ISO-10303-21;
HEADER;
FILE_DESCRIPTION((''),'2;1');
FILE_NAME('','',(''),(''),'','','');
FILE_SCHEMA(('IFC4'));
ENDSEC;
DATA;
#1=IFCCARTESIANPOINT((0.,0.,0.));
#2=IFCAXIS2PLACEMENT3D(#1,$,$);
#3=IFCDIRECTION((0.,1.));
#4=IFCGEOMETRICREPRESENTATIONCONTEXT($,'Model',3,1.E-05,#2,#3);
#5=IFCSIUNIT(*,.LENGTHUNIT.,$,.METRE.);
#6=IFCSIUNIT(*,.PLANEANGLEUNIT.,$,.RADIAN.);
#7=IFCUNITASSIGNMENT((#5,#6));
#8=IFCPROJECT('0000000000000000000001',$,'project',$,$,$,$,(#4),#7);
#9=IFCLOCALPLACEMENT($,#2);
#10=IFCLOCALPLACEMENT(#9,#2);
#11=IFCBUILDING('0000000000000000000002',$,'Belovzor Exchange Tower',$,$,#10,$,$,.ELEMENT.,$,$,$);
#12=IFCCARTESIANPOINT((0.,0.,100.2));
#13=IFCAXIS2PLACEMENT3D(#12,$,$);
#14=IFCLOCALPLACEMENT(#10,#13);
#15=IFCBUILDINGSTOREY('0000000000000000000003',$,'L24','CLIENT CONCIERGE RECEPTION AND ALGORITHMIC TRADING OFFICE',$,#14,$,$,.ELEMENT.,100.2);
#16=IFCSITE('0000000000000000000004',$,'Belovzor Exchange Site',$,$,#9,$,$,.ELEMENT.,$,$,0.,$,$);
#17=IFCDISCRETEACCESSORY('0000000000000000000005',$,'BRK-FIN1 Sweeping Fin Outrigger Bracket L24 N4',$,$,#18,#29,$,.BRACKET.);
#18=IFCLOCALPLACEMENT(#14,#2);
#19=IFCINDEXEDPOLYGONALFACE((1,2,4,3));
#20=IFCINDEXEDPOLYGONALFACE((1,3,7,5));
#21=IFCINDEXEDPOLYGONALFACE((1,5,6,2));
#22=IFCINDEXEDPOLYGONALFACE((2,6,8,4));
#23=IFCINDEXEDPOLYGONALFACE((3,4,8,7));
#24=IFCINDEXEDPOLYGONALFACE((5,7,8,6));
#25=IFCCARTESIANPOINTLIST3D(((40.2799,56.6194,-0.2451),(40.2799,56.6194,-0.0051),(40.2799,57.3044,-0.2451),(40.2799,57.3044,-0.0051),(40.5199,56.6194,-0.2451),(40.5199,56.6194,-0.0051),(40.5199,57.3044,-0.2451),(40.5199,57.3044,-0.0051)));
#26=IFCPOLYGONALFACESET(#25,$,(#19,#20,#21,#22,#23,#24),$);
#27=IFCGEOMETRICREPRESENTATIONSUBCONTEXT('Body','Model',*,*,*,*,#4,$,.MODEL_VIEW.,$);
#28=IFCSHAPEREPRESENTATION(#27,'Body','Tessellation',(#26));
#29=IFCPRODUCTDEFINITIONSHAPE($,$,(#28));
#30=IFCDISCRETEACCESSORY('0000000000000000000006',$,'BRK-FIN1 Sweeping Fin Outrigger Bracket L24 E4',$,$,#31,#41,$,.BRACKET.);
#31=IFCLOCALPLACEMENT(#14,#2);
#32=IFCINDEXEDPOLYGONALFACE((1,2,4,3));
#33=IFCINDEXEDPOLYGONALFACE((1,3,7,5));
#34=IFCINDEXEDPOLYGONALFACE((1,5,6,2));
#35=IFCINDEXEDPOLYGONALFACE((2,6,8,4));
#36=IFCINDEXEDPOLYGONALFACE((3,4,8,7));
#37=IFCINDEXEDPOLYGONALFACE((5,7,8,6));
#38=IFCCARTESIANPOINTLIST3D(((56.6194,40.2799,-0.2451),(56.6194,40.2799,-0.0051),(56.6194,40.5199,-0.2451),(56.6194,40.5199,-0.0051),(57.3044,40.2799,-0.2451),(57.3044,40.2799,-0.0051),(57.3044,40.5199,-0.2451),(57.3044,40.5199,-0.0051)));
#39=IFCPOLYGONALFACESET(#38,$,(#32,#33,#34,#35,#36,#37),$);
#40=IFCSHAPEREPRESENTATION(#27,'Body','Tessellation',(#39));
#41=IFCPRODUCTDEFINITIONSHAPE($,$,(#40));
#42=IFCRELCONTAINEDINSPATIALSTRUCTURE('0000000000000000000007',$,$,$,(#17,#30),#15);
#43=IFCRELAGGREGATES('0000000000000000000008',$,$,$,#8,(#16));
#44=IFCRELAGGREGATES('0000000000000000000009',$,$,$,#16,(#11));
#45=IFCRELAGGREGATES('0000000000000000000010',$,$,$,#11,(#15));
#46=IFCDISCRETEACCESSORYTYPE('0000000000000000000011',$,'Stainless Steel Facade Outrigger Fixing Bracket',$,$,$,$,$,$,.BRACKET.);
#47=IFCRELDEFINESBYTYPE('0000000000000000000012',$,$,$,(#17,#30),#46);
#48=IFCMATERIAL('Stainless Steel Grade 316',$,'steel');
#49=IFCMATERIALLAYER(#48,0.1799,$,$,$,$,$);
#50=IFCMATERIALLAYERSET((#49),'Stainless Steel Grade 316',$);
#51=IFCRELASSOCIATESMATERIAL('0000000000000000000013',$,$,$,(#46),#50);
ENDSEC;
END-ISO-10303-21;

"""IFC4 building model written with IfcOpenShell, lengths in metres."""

from ifc_helpers import new_model, si_unit, direction, frame, origin, origin_2d, place, context, subcontext, project, spatial, rectangle, extrude, material, layer, layer_set, type_object, element, save


model = new_model("IFC4")

# Units and contexts
model_context = context("Model", 3, precision=1e-05, world=origin(), true_north=direction((0.0, 1.0)))
body_context = subcontext(model_context, "Body", "Model", "MODEL_VIEW")
ifc_project = project(units=[si_unit("LENGTHUNIT", "METRE"), si_unit("PLANEANGLEUNIT", "RADIAN")], contexts=[model_context])

# Site, building, storey
site_placement = place(None, origin())
site = spatial("IfcSite", under=ifc_project, at=site_placement, Name="Belovzor Exchange Site", CompositionType="ELEMENT", RefElevation=0.0)
building_placement = place(site_placement, origin())
building = spatial("IfcBuilding", under=site, at=building_placement, Name="Belovzor Exchange Tower", CompositionType="ELEMENT")
storey_placement = place(building_placement, frame((0.0, 0.0, 100.2)))
storey = spatial("IfcBuildingStorey", under=building, at=storey_placement, Name="L24", Description="CLIENT CONCIERGE RECEPTION AND ALGORITHMIC TRADING OFFICE", CompositionType="ELEMENT", Elevation=100.2)

# Discrete accessories
ifc_material_1 = material(Name="Stainless Steel Grade 316", Category="steel")
ifc_layer_1 = layer(ifc_material_1, 0.1799)
ifc_layer_set_1 = layer_set([ifc_layer_1], Name="Stainless Steel Grade 316")
discrete_accessory_type = type_object("IfcDiscreteAccessoryType", Name="Stainless Steel Facade Outrigger Fixing Bracket", PredefinedType="BRACKET", material=ifc_layer_set_1)
for number, where, z_axis, x_axis, name in (
    (1, (40.3999, 56.9619, -0.2451), (0.0, 0.0, 1.0), (0.0, 1.0, 0.0), "BRK-FIN1 Sweeping Fin Outrigger Bracket L24 N4"),
    (2, (56.9619, 40.3999, -0.2451), (0.0, 0.0, 1.0), (1.0, 0.0, 0.0), "BRK-FIN1 Sweeping Fin Outrigger Bracket L24 E4"),
):
    element("IfcDiscreteAccessory", number, at=place(storey_placement, frame(where, z_axis=z_axis, x_axis=x_axis)), inside=storey, type_object=discrete_accessory_type, Name=name, PredefinedType="BRACKET", context=body_context, shape_type="SweptSolid", body=[
        extrude(rectangle(XDim=0.6851, YDim=0.24, at=origin_2d()), origin(), (0.0, 0.0, 1.0), 0.24),
    ])

save(model, "model.ifc")
